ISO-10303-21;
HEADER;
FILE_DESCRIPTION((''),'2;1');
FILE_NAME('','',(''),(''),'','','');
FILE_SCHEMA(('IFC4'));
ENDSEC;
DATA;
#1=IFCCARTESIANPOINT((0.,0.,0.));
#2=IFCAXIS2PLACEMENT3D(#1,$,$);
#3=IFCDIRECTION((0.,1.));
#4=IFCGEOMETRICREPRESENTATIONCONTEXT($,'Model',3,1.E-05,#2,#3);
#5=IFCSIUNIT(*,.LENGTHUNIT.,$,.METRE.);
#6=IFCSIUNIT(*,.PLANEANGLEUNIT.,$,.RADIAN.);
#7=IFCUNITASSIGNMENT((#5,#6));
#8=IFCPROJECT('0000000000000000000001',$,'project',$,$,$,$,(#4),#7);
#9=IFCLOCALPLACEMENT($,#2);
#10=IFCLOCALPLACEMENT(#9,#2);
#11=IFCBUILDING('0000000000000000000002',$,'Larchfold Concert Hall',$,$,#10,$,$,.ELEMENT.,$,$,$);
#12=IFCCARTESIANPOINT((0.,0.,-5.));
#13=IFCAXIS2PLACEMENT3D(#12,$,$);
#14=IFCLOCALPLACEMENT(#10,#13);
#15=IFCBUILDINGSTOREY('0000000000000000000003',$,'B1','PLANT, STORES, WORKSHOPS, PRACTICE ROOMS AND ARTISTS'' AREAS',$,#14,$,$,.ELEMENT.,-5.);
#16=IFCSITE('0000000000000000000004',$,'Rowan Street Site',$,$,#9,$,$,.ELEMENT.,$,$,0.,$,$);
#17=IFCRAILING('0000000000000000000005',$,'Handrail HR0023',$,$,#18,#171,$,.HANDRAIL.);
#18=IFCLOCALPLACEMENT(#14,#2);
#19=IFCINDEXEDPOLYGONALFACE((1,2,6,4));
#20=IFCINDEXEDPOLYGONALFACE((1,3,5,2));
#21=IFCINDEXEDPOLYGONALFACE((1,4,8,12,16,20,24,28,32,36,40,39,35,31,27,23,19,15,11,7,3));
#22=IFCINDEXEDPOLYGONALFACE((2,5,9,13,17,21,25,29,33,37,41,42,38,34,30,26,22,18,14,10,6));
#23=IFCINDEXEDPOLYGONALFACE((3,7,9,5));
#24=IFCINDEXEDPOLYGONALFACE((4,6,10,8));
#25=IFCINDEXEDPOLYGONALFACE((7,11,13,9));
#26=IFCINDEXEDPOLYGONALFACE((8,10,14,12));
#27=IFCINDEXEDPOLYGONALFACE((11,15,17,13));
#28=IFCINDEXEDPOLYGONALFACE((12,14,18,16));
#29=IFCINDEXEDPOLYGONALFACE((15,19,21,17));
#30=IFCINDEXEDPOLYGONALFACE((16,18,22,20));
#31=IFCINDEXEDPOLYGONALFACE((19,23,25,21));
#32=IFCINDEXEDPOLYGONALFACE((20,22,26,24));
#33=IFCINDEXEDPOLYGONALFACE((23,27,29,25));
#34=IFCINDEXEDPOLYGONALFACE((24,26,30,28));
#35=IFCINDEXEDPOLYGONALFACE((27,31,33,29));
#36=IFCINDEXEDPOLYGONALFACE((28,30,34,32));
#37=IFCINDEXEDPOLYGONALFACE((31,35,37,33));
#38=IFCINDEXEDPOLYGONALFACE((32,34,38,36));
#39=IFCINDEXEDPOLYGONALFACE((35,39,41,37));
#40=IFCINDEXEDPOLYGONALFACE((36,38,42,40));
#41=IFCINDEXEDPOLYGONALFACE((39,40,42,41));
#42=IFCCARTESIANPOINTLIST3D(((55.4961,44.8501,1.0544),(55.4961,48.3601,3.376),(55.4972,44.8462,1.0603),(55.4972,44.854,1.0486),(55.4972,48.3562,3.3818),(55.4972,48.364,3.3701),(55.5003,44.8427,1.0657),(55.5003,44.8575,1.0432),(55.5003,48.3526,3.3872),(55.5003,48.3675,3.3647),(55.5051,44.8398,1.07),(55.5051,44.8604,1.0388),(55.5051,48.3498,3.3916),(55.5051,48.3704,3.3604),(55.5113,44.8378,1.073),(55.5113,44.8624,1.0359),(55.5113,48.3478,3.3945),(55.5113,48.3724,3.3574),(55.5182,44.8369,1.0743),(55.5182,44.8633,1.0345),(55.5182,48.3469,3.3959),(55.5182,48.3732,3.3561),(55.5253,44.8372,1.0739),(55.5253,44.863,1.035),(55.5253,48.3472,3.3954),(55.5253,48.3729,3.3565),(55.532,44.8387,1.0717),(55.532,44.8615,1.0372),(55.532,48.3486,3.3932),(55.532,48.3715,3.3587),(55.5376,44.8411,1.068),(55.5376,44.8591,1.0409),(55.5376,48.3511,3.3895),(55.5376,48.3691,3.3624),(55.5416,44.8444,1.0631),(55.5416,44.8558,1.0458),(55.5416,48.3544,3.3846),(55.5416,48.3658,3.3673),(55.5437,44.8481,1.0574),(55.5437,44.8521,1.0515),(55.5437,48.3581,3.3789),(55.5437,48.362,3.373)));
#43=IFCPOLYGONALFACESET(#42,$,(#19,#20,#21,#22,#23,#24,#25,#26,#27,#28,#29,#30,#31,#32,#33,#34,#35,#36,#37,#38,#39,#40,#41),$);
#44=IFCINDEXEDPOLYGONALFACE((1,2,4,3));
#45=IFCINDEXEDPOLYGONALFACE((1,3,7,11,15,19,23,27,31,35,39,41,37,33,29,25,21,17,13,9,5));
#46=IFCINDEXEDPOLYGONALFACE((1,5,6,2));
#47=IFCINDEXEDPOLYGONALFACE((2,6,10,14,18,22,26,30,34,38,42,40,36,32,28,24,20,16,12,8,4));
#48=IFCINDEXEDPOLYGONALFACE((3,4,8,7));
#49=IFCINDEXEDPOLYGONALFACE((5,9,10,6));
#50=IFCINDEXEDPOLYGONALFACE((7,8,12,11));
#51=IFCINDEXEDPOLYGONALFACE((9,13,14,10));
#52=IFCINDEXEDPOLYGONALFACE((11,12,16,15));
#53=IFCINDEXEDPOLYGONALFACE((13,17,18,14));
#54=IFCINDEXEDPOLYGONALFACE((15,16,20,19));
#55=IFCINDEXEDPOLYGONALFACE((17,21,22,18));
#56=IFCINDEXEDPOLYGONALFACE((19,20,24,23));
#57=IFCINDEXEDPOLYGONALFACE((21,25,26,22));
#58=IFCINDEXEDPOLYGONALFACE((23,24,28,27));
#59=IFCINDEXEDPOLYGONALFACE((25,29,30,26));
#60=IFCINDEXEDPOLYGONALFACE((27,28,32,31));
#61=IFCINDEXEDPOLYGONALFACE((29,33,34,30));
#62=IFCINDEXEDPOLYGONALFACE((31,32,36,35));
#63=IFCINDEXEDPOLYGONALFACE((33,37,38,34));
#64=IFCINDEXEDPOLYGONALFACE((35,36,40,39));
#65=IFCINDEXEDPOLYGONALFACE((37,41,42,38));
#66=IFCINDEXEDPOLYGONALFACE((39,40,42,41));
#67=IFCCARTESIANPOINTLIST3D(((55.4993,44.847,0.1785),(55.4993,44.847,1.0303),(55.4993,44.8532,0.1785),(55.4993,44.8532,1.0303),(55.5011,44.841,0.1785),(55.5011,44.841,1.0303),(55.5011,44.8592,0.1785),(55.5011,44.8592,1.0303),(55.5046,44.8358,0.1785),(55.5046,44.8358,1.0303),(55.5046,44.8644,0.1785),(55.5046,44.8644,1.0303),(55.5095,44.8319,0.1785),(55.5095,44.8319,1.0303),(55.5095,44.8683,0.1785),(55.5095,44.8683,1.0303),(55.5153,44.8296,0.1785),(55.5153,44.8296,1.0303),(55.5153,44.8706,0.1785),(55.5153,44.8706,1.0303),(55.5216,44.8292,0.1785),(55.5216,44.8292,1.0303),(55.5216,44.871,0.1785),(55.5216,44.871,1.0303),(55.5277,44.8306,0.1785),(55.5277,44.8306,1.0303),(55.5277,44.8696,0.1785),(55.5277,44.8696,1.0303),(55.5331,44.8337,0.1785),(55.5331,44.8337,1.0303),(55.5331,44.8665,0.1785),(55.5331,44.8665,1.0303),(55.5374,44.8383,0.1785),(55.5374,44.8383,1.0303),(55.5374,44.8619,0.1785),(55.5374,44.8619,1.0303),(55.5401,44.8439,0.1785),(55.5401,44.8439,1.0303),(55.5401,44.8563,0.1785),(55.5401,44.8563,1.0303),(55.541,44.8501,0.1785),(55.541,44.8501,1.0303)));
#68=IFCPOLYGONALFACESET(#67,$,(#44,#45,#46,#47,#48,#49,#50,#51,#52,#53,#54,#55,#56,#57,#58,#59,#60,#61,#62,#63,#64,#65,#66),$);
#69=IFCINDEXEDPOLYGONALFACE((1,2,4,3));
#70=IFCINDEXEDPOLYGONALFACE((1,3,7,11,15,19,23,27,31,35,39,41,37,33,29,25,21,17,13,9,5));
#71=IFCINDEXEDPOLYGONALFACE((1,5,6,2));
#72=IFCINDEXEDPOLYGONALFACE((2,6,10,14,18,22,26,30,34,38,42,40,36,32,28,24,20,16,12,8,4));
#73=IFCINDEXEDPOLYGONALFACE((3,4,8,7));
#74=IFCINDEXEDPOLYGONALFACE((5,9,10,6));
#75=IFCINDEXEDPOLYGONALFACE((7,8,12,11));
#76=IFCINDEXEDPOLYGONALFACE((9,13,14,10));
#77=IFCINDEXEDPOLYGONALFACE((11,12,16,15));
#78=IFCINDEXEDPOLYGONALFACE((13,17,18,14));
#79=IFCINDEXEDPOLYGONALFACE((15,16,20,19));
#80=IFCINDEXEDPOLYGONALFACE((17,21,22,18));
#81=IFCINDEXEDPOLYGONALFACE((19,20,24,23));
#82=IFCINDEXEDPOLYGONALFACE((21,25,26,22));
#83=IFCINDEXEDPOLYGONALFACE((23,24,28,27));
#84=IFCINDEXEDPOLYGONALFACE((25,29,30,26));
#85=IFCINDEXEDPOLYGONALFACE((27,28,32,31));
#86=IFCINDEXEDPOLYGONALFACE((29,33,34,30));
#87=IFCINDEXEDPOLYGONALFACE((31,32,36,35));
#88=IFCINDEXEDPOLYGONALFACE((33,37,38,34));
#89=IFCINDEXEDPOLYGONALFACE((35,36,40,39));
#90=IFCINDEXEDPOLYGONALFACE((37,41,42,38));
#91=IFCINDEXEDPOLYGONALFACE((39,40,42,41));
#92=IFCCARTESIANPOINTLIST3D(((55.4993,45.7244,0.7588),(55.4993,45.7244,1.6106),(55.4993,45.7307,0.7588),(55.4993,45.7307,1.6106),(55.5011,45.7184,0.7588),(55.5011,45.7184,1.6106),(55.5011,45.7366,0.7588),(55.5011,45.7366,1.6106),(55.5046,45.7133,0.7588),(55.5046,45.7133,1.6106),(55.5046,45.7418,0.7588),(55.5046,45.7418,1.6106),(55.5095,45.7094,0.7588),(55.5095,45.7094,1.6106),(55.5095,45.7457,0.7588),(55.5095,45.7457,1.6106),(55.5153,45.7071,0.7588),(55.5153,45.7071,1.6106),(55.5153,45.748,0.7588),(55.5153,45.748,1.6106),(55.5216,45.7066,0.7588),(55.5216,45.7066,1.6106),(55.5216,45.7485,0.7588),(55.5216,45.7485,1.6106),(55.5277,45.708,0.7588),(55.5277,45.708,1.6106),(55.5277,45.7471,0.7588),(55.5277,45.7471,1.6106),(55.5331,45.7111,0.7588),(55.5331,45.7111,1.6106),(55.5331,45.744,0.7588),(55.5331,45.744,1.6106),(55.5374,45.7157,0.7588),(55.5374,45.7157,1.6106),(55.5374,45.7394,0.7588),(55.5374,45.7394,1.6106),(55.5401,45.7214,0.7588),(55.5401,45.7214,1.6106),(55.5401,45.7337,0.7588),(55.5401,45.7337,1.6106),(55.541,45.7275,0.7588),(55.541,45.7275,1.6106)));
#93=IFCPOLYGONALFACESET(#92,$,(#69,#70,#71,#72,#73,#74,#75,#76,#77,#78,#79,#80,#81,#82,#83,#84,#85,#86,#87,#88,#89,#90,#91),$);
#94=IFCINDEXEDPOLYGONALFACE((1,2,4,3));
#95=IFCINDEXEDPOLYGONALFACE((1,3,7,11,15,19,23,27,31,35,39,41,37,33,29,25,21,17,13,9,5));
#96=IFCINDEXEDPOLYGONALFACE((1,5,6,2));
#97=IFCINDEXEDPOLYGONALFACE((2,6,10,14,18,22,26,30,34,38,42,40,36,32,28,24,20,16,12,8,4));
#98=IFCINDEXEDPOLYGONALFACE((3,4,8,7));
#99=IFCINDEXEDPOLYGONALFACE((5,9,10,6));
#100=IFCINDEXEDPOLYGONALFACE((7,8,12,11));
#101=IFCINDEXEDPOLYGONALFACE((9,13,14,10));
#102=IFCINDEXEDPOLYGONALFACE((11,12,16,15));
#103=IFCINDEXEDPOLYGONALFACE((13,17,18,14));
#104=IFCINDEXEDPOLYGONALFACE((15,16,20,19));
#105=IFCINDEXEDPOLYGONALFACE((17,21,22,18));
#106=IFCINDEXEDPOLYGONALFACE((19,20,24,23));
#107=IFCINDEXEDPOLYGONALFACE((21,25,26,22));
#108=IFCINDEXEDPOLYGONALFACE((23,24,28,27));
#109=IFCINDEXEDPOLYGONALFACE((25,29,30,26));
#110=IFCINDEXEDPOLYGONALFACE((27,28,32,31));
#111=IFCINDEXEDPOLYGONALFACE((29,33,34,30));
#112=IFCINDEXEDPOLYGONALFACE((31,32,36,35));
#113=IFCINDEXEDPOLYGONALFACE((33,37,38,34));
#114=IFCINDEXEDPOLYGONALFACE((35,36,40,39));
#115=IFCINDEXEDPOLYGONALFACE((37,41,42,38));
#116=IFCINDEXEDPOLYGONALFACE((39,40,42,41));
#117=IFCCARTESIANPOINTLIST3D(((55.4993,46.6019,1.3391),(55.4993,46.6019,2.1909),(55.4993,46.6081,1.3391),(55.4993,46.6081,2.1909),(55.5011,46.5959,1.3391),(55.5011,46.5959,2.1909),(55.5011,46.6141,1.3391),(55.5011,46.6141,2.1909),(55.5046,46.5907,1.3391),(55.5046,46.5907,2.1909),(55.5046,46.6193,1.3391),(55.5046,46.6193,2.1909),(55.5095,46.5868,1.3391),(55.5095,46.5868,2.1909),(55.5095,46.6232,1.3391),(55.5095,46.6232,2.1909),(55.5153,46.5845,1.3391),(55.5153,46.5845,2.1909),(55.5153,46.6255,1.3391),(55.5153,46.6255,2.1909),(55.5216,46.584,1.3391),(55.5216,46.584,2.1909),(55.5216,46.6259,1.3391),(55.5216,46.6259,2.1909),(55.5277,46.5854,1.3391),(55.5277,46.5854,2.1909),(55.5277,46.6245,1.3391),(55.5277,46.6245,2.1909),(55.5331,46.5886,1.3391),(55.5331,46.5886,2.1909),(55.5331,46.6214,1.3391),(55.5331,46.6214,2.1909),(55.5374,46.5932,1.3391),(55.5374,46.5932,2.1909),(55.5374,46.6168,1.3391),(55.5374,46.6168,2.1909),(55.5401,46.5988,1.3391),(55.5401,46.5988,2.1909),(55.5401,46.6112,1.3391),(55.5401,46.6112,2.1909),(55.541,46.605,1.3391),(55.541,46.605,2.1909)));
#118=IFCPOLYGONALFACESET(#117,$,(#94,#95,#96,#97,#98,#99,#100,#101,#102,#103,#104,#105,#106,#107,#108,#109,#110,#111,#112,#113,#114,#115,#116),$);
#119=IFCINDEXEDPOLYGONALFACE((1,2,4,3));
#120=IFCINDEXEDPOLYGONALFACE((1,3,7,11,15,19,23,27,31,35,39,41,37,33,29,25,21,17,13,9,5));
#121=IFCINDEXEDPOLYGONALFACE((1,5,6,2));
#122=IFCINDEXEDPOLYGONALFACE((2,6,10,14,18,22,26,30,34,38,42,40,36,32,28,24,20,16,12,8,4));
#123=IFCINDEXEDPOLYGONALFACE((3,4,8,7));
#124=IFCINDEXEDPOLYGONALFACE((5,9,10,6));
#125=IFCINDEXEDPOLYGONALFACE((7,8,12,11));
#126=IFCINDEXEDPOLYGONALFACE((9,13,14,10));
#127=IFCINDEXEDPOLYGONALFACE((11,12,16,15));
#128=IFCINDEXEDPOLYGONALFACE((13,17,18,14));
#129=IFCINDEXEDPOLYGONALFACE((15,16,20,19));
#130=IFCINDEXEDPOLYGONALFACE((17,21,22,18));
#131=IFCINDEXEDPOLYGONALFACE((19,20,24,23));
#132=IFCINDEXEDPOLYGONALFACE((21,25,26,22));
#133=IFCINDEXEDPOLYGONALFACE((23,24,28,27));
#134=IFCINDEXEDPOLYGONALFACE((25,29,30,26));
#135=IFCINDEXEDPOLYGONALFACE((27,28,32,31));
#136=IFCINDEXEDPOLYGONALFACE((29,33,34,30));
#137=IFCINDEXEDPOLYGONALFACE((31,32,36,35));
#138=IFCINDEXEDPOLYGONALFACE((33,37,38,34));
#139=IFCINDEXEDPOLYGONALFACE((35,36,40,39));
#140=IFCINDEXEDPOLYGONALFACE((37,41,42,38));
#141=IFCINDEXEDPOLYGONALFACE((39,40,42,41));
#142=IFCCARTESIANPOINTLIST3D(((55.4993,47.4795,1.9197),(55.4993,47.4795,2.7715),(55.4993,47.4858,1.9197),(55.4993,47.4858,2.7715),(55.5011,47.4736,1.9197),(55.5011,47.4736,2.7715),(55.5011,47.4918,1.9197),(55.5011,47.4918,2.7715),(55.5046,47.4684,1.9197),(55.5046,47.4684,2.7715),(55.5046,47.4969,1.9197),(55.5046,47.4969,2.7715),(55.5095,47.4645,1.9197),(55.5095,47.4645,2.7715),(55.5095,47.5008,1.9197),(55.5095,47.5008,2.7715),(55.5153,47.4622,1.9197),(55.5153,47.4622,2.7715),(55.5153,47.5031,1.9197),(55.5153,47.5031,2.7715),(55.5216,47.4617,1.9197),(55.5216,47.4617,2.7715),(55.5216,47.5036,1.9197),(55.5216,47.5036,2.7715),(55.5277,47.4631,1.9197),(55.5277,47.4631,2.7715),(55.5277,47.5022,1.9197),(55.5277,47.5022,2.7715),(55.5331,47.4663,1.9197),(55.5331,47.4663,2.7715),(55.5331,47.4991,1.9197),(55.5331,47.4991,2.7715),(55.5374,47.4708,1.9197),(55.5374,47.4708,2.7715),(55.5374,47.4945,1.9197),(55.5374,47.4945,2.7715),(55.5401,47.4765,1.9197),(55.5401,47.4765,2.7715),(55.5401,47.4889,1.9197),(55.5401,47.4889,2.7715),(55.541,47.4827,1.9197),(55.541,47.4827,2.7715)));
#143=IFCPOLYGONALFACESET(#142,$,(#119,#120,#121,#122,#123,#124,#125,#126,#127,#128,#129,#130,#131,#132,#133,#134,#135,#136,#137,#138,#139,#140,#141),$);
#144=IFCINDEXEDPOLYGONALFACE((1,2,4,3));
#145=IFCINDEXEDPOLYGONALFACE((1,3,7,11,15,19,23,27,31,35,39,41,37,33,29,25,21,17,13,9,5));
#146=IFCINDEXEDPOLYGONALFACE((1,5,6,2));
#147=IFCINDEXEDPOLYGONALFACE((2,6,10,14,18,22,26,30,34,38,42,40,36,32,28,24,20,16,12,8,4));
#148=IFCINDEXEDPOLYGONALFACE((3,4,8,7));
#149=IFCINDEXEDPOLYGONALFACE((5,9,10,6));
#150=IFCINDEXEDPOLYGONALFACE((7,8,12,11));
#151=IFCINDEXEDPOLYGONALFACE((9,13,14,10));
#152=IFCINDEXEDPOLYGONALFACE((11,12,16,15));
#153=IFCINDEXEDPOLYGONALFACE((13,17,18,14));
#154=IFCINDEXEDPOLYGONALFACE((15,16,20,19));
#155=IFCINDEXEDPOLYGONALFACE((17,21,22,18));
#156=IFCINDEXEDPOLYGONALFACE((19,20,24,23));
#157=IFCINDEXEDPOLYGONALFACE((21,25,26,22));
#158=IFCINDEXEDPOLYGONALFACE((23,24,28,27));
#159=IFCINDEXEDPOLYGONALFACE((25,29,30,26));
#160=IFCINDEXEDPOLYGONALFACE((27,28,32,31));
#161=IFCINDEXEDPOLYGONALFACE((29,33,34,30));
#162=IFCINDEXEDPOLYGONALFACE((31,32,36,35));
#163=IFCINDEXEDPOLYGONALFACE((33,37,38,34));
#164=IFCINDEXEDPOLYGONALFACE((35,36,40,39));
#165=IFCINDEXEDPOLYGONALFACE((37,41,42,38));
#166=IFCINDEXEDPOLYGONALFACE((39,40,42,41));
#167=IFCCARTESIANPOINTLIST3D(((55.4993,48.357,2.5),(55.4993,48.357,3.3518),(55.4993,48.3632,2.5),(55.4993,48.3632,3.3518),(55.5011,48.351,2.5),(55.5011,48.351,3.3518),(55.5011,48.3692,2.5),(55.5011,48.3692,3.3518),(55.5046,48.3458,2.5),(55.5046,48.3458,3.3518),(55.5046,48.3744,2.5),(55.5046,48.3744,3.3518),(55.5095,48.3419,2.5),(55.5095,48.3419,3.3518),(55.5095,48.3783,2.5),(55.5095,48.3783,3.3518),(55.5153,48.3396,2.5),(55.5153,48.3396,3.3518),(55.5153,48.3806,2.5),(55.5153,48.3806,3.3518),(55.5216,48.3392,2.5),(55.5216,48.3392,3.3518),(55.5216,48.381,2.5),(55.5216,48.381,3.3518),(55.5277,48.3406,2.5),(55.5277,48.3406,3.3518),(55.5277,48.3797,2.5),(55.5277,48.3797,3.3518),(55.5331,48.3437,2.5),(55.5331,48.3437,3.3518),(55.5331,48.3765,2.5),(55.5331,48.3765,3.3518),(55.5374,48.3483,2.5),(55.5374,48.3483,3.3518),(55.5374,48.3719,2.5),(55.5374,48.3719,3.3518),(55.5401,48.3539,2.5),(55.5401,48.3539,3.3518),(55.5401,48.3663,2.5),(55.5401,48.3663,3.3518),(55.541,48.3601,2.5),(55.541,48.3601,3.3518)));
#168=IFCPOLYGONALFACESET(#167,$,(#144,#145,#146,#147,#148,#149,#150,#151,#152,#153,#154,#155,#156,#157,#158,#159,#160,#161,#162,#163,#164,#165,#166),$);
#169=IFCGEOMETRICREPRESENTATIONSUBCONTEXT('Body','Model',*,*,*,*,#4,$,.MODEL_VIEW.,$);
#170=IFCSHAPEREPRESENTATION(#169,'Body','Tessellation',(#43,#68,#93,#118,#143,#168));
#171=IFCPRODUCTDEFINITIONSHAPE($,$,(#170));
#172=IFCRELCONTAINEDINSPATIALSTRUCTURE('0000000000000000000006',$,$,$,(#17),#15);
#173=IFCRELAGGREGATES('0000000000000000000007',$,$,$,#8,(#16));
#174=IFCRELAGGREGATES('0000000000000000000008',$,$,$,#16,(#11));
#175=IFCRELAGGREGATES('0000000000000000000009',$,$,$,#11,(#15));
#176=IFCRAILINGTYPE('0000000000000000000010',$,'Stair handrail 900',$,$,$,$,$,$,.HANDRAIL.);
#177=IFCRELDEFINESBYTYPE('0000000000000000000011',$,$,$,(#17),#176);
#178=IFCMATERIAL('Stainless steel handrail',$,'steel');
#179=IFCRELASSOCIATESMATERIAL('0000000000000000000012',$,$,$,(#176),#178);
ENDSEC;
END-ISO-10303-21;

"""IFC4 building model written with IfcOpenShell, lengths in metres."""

from ifc_helpers import new_model, si_unit, direction, frame, origin, origin_2d, place, context, subcontext, project, spatial, circle, extrude, material, type_object, element, save


model = new_model("IFC4")

# Units and contexts
model_context = context("Model", 3, precision=1e-05, world=origin(), true_north=direction((0.0, 1.0)))
body_context = subcontext(model_context, "Body", "Model", "MODEL_VIEW")
ifc_project = project(units=[si_unit("LENGTHUNIT", "METRE"), si_unit("PLANEANGLEUNIT", "RADIAN")], contexts=[model_context])

# Site, building, storey
site_placement = place(None, origin())
site = spatial("IfcSite", under=ifc_project, at=site_placement, Name="Rowan Street Site", CompositionType="ELEMENT", RefElevation=0.0)
building_placement = place(site_placement, origin())
building = spatial("IfcBuilding", under=site, at=building_placement, Name="Larchfold Concert Hall", CompositionType="ELEMENT")
storey_placement = place(building_placement, frame((0.0, 0.0, -5.0)))
storey = spatial("IfcBuildingStorey", under=building, at=storey_placement, Name="B1", Description="PLANT, STORES, WORKSHOPS, PRACTICE ROOMS AND ARTISTS' AREAS", CompositionType="ELEMENT", Elevation=-5.0)

# Railing
ifc_material_1 = material(Name="Stainless steel handrail", Category="steel")
railing_type_1 = type_object("IfcRailingType", Name="Stair handrail 900", PredefinedType="HANDRAIL", material=ifc_material_1)
railing_1_placement = place(storey_placement, frame((55.52, 44.8501, 0.1785)))
element("IfcRailing", 1, at=railing_1_placement, inside=storey, type_object=railing_type_1, Name="Handrail HR0023", PredefinedType="HANDRAIL", context=body_context, shape_type="SweptSolid", body=[
    extrude(circle(Radius=0.0239, at=origin_2d()), frame((0.0, 0.0, 0.876), z_axis=(0.0, 0.834071, 0.551657), x_axis=(-1.0, 0.0, 0.0)), (0.0, 0.0, 1.0), 4.2083),
    extrude(circle(Radius=0.021, at=origin_2d()), origin(), (0.0, 0.0, 1.0), 0.8518),
    extrude(circle(Radius=0.021, at=origin_2d()), frame((0.0, 0.8774, 0.5803)), (0.0, 0.0, 1.0), 0.8518),
    extrude(circle(Radius=0.021, at=origin_2d()), frame((0.0, 1.7549, 1.1606)), (0.0, 0.0, 1.0), 0.8518),
    extrude(circle(Radius=0.021, at=origin_2d()), frame((0.0, 2.6326, 1.7412)), (0.0, 0.0, 1.0), 0.8518),
    extrude(circle(Radius=0.021, at=origin_2d()), frame((0.0, 3.51, 2.3215)), (0.0, 0.0, 1.0), 0.8518),
])

save(model, "model.ifc")
